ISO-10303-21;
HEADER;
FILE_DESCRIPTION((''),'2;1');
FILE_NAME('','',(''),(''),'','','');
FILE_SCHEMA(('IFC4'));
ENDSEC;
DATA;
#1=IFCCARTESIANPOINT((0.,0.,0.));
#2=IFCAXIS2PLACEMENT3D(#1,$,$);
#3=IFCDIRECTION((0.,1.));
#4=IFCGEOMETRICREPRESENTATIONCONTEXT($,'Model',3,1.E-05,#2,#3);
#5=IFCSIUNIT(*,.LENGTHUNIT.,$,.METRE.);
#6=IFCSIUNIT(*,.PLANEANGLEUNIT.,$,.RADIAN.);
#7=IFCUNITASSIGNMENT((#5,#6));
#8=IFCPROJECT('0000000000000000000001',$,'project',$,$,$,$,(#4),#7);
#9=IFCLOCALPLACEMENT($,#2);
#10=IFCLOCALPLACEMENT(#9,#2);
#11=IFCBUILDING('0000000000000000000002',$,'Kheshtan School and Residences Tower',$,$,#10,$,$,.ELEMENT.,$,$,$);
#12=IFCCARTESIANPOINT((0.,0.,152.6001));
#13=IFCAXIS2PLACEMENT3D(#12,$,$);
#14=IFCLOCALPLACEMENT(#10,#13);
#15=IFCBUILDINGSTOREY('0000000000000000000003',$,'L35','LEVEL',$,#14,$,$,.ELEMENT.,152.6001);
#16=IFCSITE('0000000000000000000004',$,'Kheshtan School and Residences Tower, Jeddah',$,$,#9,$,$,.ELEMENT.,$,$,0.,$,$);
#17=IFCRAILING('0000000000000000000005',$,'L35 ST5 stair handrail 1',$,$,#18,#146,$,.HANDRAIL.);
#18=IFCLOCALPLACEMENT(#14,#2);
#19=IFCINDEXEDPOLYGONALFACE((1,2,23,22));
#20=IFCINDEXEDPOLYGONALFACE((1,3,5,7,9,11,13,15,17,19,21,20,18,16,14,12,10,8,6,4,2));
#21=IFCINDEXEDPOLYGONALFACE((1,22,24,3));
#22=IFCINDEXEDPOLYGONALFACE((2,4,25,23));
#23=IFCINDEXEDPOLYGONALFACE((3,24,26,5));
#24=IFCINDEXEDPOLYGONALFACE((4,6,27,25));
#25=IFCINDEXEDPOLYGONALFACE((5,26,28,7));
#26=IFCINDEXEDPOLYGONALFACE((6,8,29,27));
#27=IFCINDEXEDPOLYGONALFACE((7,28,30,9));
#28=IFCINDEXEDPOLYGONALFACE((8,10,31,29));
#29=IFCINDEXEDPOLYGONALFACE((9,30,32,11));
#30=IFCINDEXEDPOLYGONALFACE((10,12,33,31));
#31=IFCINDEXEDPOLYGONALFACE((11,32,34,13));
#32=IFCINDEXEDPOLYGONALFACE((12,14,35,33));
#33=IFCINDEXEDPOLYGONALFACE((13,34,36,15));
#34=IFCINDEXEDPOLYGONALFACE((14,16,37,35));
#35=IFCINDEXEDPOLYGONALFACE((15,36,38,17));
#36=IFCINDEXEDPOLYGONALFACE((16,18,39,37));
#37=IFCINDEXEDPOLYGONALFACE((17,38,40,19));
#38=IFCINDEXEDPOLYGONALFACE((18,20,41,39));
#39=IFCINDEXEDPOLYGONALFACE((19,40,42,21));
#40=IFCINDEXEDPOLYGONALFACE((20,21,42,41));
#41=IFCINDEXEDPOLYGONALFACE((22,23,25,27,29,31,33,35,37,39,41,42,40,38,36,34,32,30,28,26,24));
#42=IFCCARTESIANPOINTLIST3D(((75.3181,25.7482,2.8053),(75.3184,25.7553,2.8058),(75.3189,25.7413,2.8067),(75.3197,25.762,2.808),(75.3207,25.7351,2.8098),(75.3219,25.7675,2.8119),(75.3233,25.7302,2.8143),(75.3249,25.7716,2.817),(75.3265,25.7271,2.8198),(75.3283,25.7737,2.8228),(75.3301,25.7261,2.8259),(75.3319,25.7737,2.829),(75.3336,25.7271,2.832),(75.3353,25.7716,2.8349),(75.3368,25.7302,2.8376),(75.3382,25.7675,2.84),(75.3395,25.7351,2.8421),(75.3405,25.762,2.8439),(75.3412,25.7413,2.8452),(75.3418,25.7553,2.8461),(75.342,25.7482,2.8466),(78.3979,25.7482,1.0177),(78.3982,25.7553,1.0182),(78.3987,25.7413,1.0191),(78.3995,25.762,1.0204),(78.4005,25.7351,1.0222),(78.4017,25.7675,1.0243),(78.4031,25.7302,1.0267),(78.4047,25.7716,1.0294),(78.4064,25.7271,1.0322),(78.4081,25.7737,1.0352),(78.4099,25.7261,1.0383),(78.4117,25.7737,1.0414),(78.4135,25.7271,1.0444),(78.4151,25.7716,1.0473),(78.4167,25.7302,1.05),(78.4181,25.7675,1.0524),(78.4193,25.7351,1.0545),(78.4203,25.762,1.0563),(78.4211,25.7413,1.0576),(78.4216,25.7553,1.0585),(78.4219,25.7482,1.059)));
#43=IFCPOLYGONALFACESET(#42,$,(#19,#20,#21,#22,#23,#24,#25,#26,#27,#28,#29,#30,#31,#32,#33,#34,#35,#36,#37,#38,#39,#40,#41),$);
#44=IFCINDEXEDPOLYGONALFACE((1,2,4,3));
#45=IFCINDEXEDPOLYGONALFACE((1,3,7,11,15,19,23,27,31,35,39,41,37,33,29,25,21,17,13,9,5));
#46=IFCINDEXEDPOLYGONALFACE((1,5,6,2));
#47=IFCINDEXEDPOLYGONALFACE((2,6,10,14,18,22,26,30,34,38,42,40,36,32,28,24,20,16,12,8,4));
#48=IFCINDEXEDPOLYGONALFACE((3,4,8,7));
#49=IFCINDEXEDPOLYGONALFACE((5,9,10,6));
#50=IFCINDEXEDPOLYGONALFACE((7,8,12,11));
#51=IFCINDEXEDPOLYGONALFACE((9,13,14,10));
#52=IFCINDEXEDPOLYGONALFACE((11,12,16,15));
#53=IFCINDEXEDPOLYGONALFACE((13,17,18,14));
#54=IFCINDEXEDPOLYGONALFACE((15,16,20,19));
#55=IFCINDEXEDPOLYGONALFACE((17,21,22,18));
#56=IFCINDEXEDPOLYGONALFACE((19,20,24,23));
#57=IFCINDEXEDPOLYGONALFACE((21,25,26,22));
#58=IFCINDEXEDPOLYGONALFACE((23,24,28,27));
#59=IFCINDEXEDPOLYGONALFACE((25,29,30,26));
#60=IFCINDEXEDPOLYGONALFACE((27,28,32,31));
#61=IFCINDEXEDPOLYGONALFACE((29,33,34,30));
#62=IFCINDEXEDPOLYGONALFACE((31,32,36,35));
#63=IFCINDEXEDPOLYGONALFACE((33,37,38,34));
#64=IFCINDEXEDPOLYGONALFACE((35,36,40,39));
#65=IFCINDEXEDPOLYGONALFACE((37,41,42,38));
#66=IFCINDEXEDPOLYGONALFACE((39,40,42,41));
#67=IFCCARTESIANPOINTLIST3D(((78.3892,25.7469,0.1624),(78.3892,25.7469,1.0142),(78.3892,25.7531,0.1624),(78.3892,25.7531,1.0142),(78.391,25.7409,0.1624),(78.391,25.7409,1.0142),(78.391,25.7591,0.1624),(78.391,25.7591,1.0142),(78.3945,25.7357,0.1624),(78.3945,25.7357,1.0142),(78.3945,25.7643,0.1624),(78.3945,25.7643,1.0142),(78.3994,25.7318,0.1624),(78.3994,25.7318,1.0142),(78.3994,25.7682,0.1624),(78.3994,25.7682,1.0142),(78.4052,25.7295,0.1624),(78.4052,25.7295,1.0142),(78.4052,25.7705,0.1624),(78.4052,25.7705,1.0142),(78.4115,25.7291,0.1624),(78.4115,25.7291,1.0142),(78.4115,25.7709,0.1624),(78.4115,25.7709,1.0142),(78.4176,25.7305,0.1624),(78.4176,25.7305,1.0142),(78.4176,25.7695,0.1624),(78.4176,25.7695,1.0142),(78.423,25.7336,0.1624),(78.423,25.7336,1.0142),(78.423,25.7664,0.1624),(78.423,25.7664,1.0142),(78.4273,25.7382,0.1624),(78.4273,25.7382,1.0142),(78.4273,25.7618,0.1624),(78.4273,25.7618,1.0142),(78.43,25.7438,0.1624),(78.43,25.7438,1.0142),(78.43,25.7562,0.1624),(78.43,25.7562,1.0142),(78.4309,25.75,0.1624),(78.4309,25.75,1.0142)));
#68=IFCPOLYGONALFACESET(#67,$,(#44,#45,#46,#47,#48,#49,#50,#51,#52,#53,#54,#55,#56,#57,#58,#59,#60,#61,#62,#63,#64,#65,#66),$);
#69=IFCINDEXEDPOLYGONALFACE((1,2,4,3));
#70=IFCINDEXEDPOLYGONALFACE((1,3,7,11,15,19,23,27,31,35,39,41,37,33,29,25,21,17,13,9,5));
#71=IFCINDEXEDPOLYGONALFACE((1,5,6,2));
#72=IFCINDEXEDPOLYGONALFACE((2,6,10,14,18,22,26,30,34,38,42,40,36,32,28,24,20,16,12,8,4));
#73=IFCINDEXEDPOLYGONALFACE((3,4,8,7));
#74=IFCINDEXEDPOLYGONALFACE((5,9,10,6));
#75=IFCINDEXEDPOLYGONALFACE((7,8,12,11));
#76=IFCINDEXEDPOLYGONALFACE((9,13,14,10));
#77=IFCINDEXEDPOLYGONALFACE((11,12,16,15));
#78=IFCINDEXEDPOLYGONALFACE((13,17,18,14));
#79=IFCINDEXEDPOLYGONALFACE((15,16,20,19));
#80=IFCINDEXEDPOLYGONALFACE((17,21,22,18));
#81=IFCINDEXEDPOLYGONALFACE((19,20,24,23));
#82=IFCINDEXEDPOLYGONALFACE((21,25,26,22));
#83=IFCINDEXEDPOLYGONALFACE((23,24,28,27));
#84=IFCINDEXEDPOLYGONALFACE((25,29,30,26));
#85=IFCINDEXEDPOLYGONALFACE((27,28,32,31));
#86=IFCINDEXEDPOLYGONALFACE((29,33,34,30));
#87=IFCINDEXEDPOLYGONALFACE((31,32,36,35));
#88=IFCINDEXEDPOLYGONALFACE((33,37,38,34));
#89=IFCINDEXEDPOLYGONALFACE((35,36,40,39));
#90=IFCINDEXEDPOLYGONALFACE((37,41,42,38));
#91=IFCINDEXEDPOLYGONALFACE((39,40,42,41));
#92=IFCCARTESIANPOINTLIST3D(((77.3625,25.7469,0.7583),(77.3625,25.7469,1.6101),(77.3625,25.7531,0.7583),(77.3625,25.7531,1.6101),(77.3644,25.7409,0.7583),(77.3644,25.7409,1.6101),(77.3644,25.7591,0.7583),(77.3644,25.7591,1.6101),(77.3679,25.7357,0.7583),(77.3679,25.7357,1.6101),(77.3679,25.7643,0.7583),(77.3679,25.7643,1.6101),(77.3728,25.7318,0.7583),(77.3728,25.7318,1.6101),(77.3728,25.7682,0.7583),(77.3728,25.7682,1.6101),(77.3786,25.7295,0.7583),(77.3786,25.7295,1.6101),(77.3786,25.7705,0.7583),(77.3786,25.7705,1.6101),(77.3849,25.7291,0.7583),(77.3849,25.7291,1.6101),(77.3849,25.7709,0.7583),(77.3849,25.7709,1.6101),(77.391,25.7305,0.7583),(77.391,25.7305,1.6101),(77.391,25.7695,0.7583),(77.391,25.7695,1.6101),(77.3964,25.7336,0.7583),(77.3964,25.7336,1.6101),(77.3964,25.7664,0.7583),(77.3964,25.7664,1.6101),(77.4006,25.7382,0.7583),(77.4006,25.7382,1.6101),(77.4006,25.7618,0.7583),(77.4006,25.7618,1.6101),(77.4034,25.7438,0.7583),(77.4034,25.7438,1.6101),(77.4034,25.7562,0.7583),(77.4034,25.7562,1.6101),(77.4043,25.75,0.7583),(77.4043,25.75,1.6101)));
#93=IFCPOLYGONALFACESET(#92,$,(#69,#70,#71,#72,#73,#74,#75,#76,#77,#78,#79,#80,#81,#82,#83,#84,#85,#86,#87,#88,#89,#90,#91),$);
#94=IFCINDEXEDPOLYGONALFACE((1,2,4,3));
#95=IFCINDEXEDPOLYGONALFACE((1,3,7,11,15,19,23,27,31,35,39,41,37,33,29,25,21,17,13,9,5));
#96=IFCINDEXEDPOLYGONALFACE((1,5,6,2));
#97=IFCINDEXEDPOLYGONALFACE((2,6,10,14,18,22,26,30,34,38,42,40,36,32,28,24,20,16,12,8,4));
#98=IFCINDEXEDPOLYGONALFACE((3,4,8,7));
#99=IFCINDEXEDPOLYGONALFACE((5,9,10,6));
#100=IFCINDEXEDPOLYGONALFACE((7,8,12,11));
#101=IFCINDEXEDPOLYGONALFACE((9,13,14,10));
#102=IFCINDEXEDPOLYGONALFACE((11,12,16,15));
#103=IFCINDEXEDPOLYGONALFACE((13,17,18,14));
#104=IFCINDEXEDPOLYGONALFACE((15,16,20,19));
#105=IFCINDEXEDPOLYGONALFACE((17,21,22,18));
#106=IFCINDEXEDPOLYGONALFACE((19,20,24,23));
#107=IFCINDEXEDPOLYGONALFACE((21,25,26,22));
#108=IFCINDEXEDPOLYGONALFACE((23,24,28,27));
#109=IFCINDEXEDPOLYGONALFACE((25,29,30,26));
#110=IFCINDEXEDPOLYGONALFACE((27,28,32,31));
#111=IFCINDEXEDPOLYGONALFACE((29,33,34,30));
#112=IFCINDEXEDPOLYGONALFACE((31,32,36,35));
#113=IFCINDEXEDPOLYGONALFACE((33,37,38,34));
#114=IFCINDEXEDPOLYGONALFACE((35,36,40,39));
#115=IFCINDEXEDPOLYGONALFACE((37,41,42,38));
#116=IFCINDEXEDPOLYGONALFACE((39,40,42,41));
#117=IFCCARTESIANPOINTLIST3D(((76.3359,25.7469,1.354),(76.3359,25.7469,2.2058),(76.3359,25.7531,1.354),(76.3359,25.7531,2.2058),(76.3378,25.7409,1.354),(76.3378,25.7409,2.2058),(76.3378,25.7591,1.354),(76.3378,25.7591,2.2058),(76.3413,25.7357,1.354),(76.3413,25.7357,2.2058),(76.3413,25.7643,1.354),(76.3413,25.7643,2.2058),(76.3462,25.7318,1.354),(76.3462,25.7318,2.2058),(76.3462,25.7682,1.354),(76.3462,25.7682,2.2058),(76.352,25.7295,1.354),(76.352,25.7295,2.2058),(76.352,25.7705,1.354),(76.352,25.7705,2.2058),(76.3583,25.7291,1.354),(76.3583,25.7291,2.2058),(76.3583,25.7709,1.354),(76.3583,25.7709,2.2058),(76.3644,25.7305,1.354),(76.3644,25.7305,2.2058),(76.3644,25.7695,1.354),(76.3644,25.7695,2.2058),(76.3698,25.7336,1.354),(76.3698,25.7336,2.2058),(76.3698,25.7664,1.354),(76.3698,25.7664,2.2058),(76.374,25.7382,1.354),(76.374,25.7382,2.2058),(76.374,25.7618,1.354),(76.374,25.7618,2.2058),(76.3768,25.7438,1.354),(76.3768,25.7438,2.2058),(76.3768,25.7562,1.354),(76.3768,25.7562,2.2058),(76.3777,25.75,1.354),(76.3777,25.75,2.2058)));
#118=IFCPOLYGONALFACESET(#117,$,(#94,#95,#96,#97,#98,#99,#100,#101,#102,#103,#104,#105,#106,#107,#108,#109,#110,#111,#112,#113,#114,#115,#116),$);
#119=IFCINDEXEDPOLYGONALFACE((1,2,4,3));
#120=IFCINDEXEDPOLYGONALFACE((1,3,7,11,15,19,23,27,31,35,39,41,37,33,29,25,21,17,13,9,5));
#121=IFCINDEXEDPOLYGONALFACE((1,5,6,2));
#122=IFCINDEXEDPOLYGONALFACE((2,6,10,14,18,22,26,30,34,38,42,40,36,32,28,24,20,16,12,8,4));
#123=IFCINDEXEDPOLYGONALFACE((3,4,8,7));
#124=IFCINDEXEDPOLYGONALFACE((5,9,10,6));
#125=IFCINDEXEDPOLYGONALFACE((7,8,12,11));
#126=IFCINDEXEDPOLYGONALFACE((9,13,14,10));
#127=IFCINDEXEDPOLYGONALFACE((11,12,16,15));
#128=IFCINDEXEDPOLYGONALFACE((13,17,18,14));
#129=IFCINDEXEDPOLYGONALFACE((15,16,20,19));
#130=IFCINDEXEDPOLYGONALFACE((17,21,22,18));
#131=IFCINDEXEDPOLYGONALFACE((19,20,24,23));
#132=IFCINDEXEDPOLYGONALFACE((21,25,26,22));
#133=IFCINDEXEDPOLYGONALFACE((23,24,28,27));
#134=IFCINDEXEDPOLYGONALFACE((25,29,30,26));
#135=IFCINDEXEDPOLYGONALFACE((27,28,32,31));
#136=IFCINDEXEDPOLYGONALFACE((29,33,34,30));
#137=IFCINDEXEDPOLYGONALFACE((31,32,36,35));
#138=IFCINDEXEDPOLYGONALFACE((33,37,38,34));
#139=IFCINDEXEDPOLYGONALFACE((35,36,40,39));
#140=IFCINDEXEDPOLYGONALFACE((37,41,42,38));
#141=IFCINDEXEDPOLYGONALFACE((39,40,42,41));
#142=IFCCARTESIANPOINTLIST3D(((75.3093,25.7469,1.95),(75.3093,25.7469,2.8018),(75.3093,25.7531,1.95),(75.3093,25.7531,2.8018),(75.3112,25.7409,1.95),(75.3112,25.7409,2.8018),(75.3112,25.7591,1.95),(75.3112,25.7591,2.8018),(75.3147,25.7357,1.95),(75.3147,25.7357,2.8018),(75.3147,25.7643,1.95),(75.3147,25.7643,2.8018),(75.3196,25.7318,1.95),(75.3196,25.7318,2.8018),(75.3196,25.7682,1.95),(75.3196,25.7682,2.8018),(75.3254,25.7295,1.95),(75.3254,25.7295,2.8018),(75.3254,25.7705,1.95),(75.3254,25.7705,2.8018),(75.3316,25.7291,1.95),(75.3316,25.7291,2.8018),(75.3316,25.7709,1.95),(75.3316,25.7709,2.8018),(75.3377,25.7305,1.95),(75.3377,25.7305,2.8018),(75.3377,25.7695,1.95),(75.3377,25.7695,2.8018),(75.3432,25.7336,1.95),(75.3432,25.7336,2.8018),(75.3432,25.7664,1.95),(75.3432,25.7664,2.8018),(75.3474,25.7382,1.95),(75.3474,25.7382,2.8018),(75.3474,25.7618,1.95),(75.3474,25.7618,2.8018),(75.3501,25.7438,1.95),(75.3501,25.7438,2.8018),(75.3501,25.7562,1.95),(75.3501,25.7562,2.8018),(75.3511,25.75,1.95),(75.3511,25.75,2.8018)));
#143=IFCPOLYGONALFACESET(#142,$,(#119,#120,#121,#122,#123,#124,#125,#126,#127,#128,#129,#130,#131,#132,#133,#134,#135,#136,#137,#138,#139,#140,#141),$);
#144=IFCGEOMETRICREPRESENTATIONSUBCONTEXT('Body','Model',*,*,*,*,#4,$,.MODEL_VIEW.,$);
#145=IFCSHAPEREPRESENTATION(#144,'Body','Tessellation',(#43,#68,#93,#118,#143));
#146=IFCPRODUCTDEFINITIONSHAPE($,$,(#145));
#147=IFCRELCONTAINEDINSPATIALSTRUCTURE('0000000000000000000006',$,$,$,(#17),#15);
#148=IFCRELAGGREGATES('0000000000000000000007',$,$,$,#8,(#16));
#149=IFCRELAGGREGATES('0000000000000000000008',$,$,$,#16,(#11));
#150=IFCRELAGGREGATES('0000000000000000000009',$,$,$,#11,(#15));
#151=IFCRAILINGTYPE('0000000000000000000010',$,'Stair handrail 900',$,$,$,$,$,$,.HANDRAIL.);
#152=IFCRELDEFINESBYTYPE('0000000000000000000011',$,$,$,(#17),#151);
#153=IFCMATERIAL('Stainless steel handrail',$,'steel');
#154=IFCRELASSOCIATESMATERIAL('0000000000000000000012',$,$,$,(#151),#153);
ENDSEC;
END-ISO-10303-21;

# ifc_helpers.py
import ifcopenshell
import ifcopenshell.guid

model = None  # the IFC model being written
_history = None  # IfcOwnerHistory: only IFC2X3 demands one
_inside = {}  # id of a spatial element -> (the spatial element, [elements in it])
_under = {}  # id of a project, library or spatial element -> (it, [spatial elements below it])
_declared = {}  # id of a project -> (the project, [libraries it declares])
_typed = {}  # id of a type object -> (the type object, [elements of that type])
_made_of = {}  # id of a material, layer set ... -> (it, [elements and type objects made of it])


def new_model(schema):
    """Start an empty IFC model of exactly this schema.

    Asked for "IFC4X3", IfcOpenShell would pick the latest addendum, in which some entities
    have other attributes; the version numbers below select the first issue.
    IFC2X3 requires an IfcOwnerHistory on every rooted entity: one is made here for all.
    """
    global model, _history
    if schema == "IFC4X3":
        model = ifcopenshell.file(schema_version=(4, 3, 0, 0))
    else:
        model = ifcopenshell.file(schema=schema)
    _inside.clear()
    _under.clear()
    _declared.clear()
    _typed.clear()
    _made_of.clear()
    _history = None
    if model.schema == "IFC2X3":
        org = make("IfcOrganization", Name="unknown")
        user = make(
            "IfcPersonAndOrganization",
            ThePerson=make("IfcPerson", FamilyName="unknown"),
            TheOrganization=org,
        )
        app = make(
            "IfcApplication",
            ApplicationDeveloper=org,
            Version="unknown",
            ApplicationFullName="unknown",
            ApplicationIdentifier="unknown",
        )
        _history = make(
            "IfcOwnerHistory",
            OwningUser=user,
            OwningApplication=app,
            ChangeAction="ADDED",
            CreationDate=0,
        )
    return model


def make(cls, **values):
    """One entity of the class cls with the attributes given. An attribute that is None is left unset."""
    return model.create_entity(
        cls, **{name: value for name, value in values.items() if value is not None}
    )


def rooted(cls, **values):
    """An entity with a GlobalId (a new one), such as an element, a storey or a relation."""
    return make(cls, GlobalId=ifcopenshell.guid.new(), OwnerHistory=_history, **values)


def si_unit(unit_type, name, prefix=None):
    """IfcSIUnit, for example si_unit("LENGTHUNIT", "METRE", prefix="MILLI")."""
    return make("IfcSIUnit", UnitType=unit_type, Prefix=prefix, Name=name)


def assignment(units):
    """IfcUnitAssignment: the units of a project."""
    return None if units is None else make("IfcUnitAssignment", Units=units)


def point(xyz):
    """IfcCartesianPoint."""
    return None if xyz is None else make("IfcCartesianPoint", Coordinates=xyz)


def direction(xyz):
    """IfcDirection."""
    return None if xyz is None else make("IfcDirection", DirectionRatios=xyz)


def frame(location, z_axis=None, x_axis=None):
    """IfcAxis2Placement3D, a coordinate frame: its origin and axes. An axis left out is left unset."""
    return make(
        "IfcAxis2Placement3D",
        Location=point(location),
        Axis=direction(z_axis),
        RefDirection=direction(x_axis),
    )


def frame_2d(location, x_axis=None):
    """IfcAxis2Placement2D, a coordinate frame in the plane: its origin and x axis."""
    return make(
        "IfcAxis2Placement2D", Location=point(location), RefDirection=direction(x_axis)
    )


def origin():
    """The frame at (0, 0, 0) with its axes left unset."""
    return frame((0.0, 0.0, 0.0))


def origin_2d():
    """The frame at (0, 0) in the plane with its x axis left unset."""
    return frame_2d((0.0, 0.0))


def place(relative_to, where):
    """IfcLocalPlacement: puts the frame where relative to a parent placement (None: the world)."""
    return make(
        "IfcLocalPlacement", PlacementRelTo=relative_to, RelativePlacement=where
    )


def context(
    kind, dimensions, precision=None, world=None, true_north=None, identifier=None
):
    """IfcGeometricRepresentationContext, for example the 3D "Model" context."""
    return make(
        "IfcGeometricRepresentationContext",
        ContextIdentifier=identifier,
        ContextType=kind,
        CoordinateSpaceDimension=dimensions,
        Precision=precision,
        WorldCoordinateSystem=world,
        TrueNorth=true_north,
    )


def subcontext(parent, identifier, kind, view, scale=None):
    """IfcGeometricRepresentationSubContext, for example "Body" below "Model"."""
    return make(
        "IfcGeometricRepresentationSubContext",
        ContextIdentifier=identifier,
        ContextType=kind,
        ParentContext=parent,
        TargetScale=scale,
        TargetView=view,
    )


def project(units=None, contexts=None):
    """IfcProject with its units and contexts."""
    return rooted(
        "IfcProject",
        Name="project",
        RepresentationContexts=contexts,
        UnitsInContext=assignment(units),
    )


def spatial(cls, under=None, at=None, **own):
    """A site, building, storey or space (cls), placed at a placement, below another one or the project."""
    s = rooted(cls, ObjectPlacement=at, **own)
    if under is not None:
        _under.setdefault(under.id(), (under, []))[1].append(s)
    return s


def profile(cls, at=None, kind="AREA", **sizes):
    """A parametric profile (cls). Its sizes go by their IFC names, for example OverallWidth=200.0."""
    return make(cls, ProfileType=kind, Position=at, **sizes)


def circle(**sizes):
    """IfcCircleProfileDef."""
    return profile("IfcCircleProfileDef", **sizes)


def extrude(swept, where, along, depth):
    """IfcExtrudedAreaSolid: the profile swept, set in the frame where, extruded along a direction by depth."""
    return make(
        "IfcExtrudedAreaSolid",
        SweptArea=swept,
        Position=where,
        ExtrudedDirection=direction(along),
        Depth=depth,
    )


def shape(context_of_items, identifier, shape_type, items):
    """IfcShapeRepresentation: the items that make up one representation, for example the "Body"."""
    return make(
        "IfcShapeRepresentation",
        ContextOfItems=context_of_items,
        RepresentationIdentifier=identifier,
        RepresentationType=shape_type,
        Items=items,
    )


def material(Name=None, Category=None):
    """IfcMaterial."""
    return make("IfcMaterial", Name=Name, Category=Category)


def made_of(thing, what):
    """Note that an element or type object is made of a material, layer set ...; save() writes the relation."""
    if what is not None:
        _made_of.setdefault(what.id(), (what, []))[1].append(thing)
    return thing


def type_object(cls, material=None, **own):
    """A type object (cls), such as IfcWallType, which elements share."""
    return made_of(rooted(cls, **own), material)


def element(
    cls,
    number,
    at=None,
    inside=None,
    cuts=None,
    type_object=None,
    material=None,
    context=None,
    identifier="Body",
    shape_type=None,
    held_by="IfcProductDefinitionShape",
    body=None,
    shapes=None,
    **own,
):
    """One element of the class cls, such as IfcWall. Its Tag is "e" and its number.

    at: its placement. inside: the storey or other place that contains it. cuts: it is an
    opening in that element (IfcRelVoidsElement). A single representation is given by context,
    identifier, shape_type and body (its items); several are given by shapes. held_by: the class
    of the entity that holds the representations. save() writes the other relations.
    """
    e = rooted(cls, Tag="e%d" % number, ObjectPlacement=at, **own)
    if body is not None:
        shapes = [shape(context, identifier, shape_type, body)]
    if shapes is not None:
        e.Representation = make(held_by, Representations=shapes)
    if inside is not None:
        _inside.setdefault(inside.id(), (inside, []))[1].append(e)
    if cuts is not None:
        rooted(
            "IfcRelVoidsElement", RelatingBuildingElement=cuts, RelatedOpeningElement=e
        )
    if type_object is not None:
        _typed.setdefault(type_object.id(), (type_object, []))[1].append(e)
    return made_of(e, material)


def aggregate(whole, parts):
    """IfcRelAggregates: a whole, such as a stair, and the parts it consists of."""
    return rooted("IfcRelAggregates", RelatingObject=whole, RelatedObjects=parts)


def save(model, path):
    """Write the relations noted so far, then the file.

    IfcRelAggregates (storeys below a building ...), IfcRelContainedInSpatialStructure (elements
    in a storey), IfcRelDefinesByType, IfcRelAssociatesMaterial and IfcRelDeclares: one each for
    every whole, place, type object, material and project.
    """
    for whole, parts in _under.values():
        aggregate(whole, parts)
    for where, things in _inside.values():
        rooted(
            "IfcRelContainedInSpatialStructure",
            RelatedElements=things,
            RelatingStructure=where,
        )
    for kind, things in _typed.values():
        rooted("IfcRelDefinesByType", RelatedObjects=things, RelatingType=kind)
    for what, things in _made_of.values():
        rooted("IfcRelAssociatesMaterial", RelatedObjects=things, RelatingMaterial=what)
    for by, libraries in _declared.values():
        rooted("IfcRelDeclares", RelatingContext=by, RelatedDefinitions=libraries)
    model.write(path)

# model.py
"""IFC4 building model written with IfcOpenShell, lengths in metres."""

from ifc_helpers import new_model, si_unit, direction, frame, origin, origin_2d, place, context, subcontext, project, spatial, circle, extrude, material, type_object, element, save


model = new_model("IFC4")

# Units and contexts
model_context = context("Model", 3, precision=1e-05, world=origin(), true_north=direction((0.0, 1.0)))
body_context = subcontext(model_context, "Body", "Model", "MODEL_VIEW")
ifc_project = project(units=[si_unit("LENGTHUNIT", "METRE"), si_unit("PLANEANGLEUNIT", "RADIAN")], contexts=[model_context])

# Site, building, storey
site_placement = place(None, origin())
site = spatial("IfcSite", under=ifc_project, at=site_placement, Name="Kheshtan School and Residences Tower, Jeddah", CompositionType="ELEMENT", RefElevation=0.0)
building_placement = place(site_placement, origin())
building = spatial("IfcBuilding", under=site, at=building_placement, Name="Kheshtan School and Residences Tower", CompositionType="ELEMENT")
storey_placement = place(building_placement, frame((0.0, 0.0, 152.6001)))
storey = spatial("IfcBuildingStorey", under=building, at=storey_placement, Name="L35", Description="LEVEL", CompositionType="ELEMENT", Elevation=152.6001)

# Railing
ifc_material_1 = material(Name="Stainless steel handrail", Category="steel")
railing_type_1 = type_object("IfcRailingType", Name="Stair handrail 900", PredefinedType="HANDRAIL", material=ifc_material_1)
railing_1_placement = place(storey_placement, frame((78.4099, 25.75, 0.1624)))
element("IfcRailing", 1, at=railing_1_placement, inside=storey, type_object=railing_type_1, Name="L35 ST5 stair handrail 1", PredefinedType="HANDRAIL", context=body_context, shape_type="SweptSolid", body=[
    extrude(circle(Radius=0.0239, at=origin_2d()), frame((0.0, 0.0, 0.876), z_axis=(-0.864873, 0.0, 0.50199), x_axis=(0.0, -1.0, 0.0)), (0.0, 0.0, 1.0), 3.561),
    extrude(circle(Radius=0.021, at=origin_2d()), origin(), (0.0, 0.0, 1.0), 0.8518),
    extrude(circle(Radius=0.021, at=origin_2d()), frame((-1.0266, 0.0, 0.5959)), (0.0, 0.0, 1.0), 0.8518),
    extrude(circle(Radius=0.021, at=origin_2d()), frame((-2.0532, 0.0, 1.1917)), (0.0, 0.0, 1.0), 0.8518),
    extrude(circle(Radius=0.021, at=origin_2d()), frame((-3.0798, 0.0, 1.7876)), (0.0, 0.0, 1.0), 0.8518),
])

save(model, "model.ifc")
